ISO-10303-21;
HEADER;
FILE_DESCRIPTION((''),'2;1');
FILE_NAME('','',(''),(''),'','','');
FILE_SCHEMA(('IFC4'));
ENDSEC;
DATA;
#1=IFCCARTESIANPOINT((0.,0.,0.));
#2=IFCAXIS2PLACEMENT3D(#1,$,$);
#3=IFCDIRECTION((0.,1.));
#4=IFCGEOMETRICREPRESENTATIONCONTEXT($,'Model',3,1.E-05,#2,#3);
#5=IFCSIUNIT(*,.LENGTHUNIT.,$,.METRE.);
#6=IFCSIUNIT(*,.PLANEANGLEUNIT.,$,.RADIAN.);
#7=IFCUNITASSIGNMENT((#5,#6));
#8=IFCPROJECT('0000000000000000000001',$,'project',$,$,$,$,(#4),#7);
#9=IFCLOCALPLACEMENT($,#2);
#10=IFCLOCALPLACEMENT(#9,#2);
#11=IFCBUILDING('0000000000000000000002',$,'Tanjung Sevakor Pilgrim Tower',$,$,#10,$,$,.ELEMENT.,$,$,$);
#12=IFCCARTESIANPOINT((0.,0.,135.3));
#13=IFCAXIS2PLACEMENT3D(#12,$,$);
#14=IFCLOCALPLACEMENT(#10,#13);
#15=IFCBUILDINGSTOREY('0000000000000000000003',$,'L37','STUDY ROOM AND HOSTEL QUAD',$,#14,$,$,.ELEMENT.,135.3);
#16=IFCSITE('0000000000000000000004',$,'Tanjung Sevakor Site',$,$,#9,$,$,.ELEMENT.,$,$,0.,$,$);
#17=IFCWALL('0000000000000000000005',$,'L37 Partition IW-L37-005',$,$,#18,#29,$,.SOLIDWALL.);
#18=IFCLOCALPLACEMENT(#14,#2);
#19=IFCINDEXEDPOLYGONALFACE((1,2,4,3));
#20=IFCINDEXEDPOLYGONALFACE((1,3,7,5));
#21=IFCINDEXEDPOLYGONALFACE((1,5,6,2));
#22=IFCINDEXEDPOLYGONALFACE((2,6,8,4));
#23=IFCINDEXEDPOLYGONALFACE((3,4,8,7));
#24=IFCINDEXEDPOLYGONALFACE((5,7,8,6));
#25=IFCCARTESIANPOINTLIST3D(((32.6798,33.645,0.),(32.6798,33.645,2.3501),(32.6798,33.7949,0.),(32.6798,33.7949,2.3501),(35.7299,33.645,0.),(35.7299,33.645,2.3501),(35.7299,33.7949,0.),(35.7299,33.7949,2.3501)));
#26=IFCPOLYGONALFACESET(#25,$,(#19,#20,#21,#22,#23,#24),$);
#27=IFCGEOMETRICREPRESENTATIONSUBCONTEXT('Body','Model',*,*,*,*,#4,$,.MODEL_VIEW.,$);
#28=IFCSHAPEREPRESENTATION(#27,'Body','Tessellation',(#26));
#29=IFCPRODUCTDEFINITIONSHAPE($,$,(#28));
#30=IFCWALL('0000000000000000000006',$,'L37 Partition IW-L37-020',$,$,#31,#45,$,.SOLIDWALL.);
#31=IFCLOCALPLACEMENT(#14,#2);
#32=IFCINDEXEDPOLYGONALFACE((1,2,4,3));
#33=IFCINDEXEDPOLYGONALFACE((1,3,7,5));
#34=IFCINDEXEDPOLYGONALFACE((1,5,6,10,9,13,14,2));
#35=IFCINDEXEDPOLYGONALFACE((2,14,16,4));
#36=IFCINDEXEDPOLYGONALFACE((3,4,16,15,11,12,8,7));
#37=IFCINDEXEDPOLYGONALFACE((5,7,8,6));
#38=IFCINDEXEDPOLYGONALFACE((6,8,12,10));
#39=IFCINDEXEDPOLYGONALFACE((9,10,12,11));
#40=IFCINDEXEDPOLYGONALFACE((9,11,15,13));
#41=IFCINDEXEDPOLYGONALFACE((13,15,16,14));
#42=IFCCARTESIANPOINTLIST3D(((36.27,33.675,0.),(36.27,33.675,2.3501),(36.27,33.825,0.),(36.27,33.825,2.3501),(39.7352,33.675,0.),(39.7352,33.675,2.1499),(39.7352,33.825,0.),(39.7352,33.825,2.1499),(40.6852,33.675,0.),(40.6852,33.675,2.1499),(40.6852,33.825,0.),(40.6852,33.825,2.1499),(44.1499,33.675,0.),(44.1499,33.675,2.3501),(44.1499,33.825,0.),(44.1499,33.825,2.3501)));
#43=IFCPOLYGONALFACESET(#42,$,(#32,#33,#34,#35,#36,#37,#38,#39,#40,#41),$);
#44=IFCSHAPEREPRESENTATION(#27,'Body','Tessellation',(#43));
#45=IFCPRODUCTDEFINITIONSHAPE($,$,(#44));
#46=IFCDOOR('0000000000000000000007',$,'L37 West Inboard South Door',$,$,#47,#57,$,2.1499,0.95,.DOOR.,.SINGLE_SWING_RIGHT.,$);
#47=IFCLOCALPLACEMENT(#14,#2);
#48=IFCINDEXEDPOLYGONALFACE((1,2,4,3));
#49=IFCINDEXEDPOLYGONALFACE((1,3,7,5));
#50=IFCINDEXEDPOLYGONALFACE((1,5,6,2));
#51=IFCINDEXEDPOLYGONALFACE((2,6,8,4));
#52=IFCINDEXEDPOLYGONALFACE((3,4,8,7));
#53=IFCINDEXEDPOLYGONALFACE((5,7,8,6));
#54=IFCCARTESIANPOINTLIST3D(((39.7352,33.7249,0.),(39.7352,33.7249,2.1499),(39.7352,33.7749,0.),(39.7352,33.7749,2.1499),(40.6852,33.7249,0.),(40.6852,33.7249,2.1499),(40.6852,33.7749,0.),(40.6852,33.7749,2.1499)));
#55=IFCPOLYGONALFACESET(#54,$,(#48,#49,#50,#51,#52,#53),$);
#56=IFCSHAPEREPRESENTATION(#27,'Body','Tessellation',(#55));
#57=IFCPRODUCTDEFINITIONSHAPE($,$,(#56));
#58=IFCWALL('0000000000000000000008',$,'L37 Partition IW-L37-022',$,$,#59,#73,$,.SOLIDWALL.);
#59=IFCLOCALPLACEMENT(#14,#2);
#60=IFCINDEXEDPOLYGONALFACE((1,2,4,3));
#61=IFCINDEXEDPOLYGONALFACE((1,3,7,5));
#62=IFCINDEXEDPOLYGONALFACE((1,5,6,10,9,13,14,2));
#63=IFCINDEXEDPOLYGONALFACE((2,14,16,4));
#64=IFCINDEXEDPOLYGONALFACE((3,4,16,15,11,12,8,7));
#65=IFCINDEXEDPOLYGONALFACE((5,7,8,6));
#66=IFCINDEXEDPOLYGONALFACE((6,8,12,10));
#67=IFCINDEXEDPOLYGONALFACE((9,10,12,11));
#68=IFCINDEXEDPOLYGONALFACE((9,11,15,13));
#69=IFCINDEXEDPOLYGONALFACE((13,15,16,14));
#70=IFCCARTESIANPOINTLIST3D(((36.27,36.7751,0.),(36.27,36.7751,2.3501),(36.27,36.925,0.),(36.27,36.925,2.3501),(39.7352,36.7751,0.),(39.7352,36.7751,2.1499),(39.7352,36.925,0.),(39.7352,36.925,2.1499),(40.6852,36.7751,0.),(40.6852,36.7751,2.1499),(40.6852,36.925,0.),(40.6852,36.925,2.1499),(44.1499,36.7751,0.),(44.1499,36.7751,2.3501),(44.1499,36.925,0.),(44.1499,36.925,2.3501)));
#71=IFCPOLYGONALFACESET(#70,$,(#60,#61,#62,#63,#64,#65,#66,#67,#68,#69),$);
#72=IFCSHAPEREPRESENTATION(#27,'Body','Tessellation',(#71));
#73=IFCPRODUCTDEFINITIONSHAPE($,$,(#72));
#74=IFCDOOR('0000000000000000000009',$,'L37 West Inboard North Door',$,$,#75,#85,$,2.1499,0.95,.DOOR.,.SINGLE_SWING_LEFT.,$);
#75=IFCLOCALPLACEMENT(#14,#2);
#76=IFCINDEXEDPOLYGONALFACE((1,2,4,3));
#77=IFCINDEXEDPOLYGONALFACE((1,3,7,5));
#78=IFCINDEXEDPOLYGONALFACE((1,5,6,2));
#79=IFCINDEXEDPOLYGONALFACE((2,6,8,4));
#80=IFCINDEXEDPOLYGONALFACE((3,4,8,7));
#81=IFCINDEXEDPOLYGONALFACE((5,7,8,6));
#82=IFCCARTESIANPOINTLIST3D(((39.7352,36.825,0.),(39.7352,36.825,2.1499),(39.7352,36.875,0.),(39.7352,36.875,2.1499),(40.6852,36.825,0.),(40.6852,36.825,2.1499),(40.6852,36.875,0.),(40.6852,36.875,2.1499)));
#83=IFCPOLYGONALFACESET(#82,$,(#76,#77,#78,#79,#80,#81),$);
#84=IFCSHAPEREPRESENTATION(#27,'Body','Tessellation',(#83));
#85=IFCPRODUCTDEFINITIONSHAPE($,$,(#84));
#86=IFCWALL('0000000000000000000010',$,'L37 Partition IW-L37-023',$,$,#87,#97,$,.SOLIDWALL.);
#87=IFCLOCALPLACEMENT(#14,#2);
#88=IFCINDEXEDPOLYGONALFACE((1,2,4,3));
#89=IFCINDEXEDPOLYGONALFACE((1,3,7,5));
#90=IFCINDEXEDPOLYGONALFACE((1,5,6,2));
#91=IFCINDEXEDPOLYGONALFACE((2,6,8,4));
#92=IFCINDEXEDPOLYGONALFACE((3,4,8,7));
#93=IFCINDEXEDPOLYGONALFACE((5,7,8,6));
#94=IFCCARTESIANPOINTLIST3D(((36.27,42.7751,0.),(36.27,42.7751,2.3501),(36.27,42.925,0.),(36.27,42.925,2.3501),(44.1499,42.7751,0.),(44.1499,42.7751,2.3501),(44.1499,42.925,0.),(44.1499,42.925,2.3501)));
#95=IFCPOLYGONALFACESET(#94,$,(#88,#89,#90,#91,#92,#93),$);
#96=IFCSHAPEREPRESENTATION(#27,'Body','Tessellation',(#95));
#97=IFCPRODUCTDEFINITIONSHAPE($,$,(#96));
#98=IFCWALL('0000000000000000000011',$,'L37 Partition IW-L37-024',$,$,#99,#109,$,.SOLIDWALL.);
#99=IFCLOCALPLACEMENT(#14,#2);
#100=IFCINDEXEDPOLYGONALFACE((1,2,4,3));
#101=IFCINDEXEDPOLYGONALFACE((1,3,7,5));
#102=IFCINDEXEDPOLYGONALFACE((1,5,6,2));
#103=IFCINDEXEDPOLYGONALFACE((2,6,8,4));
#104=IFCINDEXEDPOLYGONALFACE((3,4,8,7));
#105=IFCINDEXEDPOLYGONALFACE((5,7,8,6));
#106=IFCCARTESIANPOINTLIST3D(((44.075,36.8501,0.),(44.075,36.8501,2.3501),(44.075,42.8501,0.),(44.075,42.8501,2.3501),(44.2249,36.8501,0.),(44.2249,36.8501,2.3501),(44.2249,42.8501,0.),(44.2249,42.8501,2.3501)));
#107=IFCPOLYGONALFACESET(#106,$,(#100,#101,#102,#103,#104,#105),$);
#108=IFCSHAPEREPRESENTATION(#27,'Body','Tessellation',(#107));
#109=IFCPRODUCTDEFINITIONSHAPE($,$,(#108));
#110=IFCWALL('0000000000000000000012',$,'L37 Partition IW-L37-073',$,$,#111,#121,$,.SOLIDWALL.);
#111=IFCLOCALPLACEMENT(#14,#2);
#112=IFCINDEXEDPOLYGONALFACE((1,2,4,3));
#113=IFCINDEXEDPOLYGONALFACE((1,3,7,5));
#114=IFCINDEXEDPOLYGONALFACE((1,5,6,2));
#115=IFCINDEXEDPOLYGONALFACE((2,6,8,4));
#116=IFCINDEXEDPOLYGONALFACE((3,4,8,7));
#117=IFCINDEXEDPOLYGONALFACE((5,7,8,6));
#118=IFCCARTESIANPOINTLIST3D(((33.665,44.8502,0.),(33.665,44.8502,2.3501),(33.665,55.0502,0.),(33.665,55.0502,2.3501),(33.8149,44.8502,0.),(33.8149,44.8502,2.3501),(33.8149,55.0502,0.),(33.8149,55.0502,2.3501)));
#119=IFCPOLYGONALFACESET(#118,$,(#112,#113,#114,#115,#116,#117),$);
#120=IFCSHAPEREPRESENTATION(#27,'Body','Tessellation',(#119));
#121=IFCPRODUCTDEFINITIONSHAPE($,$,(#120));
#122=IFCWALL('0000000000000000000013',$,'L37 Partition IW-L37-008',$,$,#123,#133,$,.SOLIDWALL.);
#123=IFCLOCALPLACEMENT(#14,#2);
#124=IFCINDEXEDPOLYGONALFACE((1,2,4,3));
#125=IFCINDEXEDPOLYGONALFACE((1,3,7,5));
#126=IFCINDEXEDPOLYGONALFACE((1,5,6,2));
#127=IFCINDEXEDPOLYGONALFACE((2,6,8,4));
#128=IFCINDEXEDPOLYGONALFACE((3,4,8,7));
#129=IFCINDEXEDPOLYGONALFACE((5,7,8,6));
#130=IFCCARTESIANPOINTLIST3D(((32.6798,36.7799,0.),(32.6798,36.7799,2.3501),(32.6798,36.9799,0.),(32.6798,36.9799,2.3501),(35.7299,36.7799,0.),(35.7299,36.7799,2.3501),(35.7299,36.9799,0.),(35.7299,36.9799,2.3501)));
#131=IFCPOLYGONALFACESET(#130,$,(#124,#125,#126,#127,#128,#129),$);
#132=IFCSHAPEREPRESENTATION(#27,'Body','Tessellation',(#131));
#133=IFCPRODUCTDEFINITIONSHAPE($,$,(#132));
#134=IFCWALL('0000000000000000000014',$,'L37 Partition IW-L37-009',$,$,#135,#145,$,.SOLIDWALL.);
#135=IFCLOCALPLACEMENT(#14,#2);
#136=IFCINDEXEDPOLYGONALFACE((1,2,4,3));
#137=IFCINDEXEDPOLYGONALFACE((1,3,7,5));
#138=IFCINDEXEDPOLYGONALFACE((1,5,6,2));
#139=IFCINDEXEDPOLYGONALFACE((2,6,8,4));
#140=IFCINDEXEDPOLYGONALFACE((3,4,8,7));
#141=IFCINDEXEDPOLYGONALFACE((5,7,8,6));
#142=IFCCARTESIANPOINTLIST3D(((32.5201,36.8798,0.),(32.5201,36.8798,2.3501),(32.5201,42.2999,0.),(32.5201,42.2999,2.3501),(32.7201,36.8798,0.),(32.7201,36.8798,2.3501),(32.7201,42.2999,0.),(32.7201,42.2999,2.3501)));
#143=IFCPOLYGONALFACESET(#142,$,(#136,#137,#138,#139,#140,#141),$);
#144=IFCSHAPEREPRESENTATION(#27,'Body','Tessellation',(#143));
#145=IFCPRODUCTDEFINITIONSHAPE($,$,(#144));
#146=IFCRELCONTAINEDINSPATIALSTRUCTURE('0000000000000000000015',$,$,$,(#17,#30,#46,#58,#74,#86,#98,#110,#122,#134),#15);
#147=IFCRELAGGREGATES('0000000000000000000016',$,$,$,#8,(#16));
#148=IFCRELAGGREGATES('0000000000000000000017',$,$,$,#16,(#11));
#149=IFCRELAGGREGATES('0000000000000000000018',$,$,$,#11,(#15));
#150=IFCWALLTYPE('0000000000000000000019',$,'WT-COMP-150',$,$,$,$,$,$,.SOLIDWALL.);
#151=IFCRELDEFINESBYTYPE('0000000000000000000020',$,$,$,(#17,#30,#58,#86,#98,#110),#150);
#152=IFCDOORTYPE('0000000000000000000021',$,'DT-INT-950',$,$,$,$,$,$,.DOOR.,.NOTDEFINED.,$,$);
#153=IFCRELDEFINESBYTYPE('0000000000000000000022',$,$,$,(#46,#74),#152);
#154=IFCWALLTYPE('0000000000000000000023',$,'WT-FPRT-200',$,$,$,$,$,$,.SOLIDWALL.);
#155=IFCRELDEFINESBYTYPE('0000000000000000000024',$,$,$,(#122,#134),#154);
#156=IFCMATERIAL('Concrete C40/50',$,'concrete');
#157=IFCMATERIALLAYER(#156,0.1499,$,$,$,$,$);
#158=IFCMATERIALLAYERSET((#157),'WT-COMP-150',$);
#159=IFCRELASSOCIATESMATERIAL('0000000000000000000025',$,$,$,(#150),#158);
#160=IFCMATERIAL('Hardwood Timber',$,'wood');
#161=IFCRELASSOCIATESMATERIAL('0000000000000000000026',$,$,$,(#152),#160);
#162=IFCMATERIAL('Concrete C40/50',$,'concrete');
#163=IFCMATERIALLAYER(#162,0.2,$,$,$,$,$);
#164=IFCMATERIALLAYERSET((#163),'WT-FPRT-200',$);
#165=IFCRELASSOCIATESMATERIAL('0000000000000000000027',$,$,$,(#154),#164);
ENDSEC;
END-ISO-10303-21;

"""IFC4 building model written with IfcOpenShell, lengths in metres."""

from ifc_helpers import new_model, si_unit, direction, frame, frame_2d, origin, place, context, subcontext, project, spatial, rectangle, extrude, material, layer, layer_set, type_object, element, fill, save


model = new_model("IFC4")

# Units and contexts
model_context = context("Model", 3, precision=1e-05, world=origin(), true_north=direction((0.0, 1.0)))
body_context = subcontext(model_context, "Body", "Model", "MODEL_VIEW")
ifc_project = project(units=[si_unit("LENGTHUNIT", "METRE"), si_unit("PLANEANGLEUNIT", "RADIAN")], contexts=[model_context])

# Site, building, storey
site_placement = place(None, origin())
site = spatial("IfcSite", under=ifc_project, at=site_placement, Name="Tanjung Sevakor Site", CompositionType="ELEMENT", RefElevation=0.0)
building_placement = place(site_placement, origin())
building = spatial("IfcBuilding", under=site, at=building_placement, Name="Tanjung Sevakor Pilgrim Tower", CompositionType="ELEMENT")
storey_placement = place(building_placement, frame((0.0, 0.0, 135.3)))
storey = spatial("IfcBuildingStorey", under=building, at=storey_placement, Name="L37", Description="STUDY ROOM AND HOSTEL QUAD", CompositionType="ELEMENT", Elevation=135.3)

# Shared definitions
ifc_material_1 = material(Name="Concrete C40/50", Category="concrete")
ifc_layer_1 = layer(ifc_material_1, 0.1499)
ifc_layer_set_1 = layer_set([ifc_layer_1], Name="WT-COMP-150")
wall_type_1 = type_object("IfcWallType", Name="WT-COMP-150", PredefinedType="SOLIDWALL", material=ifc_layer_set_1)

# Wall
wall_1_placement = place(storey_placement, frame((32.6799, 33.72, 0.0), z_axis=(0.0, 0.0, 1.0), x_axis=(1.0, 0.0, 0.0)))
element("IfcWall", 1, at=wall_1_placement, inside=storey, type_object=wall_type_1, Name="L37 Partition IW-L37-005", PredefinedType="SOLIDWALL", context=body_context, shape_type="SweptSolid", body=[
    extrude(rectangle(XDim=3.05, YDim=0.1499, at=frame_2d((1.5249, 0.0))), origin(), (0.0, 0.0, 1.0), 2.3501),
])

# Walls, openings, doors
wall_2_placement = place(storey_placement, frame((36.27, 33.75, 0.0), z_axis=(0.0, 0.0, 1.0), x_axis=(1.0, 0.0, 0.0)))
wall_2 = element("IfcWall", 2, at=wall_2_placement, inside=storey, type_object=wall_type_1, Name="L37 Partition IW-L37-020", PredefinedType="SOLIDWALL", context=body_context, shape_type="SweptSolid", body=[
    extrude(rectangle(XDim=7.8799, YDim=0.1499, at=frame_2d((3.9399, 0.0))), origin(), (0.0, 0.0, 1.0), 2.3501),
])
opening_1_placement = place(wall_2_placement, frame((3.4651, 0.0, 0.0)))
opening_1 = element("IfcOpeningElement", 3, at=opening_1_placement, cuts=wall_2, PredefinedType="OPENING", context=body_context, shape_type="SweptSolid", body=[
    extrude(rectangle(XDim=0.95, YDim=2.1499, at=frame_2d((0.4751, 1.075))), frame((0.0, 0.085, 0.0), z_axis=(0.0, -1.0, 0.0), x_axis=(1.0, 0.0, 0.0)), (0.0, 0.0, 1.0), 0.1699),
])
ifc_material_2 = material(Name="Hardwood Timber", Category="wood")
door_type_1 = type_object("IfcDoorType", Name="DT-INT-950", OperationType="NOTDEFINED", PredefinedType="DOOR", material=ifc_material_2)
door_1_placement = place(opening_1_placement, origin())
door_1 = element("IfcDoor", 4, at=door_1_placement, inside=storey, type_object=door_type_1, Name="L37 West Inboard South Door", OperationType="SINGLE_SWING_RIGHT", OverallHeight=2.1499, OverallWidth=0.95, PredefinedType="DOOR", context=body_context, shape_type="SweptSolid", body=[
    extrude(rectangle(XDim=0.95, YDim=2.1499, at=frame_2d((0.4751, 1.075))), frame((0.0, 0.0249, 0.0), z_axis=(0.0, -1.0, 0.0), x_axis=(1.0, 0.0, 0.0)), (0.0, 0.0, 1.0), 0.05),
])
fill(opening_1, door_1)
wall_3_placement = place(storey_placement, frame((36.27, 36.8501, 0.0), z_axis=(0.0, 0.0, 1.0), x_axis=(1.0, 0.0, 0.0)))
wall_3 = element("IfcWall", 5, at=wall_3_placement, inside=storey, type_object=wall_type_1, Name="L37 Partition IW-L37-022", PredefinedType="SOLIDWALL", context=body_context, shape_type="SweptSolid", body=[
    extrude(rectangle(XDim=7.8799, YDim=0.1499, at=frame_2d((3.9399, 0.0))), origin(), (0.0, 0.0, 1.0), 2.3501),
])
opening_2_placement = place(wall_3_placement, frame((3.4651, 0.0, 0.0)))
opening_2 = element("IfcOpeningElement", 6, at=opening_2_placement, cuts=wall_3, PredefinedType="OPENING", context=body_context, shape_type="SweptSolid", body=[
    extrude(rectangle(XDim=0.95, YDim=2.1499, at=frame_2d((0.4751, 1.075))), frame((0.0, 0.085, 0.0), z_axis=(0.0, -1.0, 0.0), x_axis=(1.0, 0.0, 0.0)), (0.0, 0.0, 1.0), 0.1699),
])
door_2_placement = place(opening_2_placement, origin())
door_2 = element("IfcDoor", 7, at=door_2_placement, inside=storey, type_object=door_type_1, Name="L37 West Inboard North Door", OperationType="SINGLE_SWING_LEFT", OverallHeight=2.1499, OverallWidth=0.95, PredefinedType="DOOR", context=body_context, shape_type="SweptSolid", body=[
    extrude(rectangle(XDim=0.95, YDim=2.1499, at=frame_2d((0.4751, 1.075))), frame((0.0, 0.0249, 0.0), z_axis=(0.0, -1.0, 0.0), x_axis=(1.0, 0.0, 0.0)), (0.0, 0.0, 1.0), 0.05),
])
fill(opening_2, door_2)

# Walls
wall_4_placement = place(storey_placement, frame((36.27, 42.8501, 0.0), z_axis=(0.0, 0.0, 1.0), x_axis=(1.0, 0.0, 0.0)))
element("IfcWall", 8, at=wall_4_placement, inside=storey, type_object=wall_type_1, Name="L37 Partition IW-L37-023", PredefinedType="SOLIDWALL", context=body_context, shape_type="SweptSolid", body=[
    extrude(rectangle(XDim=7.8799, YDim=0.1499, at=frame_2d((3.9399, 0.0))), origin(), (0.0, 0.0, 1.0), 2.3501),
])
wall_5_placement = place(storey_placement, frame((44.1499, 36.8501, 0.0), z_axis=(0.0, 0.0, 1.0), x_axis=(0.0, 1.0, 0.0)))
element("IfcWall", 9, at=wall_5_placement, inside=storey, type_object=wall_type_1, Name="L37 Partition IW-L37-024", PredefinedType="SOLIDWALL", context=body_context, shape_type="SweptSolid", body=[
    extrude(rectangle(XDim=6.0, YDim=0.1499, at=frame_2d((3.0, 0.0))), origin(), (0.0, 0.0, 1.0), 2.3501),
])
wall_6_placement = place(storey_placement, frame((33.74, 44.8501, 0.0), z_axis=(0.0, 0.0, 1.0), x_axis=(0.0, 1.0, 0.0)))
element("IfcWall", 10, at=wall_6_placement, inside=storey, type_object=wall_type_1, Name="L37 Partition IW-L37-073", PredefinedType="SOLIDWALL", context=body_context, shape_type="SweptSolid", body=[
    extrude(rectangle(XDim=10.2, YDim=0.1499, at=frame_2d((5.1001, 0.0))), origin(), (0.0, 0.0, 1.0), 2.3501),
])

# Walls
ifc_material_3 = material(Name="Concrete C40/50", Category="concrete")
ifc_layer_2 = layer(ifc_material_3, 0.2)
ifc_layer_set_2 = layer_set([ifc_layer_2], Name="WT-FPRT-200")
wall_type_2 = type_object("IfcWallType", Name="WT-FPRT-200", PredefinedType="SOLIDWALL", material=ifc_layer_set_2)
wall_7_placement = place(storey_placement, frame((32.6799, 36.8799, 0.0), z_axis=(0.0, 0.0, 1.0), x_axis=(1.0, 0.0, 0.0)))
element("IfcWall", 11, at=wall_7_placement, inside=storey, type_object=wall_type_2, Name="L37 Partition IW-L37-008", PredefinedType="SOLIDWALL", context=body_context, shape_type="SweptSolid", body=[
    extrude(rectangle(XDim=3.05, YDim=0.2, at=frame_2d((1.5249, 0.0))), origin(), (0.0, 0.0, 1.0), 2.3501),
])
wall_8_placement = place(storey_placement, frame((32.6201, 36.8799, 0.0), z_axis=(0.0, 0.0, 1.0), x_axis=(0.0, 1.0, 0.0)))
element("IfcWall", 12, at=wall_8_placement, inside=storey, type_object=wall_type_2, Name="L37 Partition IW-L37-009", PredefinedType="SOLIDWALL", context=body_context, shape_type="SweptSolid", body=[
    extrude(rectangle(XDim=5.4202, YDim=0.2, at=frame_2d((2.71, 0.0))), origin(), (0.0, 0.0, 1.0), 2.3501),
])

save(model, "model.ifc")
